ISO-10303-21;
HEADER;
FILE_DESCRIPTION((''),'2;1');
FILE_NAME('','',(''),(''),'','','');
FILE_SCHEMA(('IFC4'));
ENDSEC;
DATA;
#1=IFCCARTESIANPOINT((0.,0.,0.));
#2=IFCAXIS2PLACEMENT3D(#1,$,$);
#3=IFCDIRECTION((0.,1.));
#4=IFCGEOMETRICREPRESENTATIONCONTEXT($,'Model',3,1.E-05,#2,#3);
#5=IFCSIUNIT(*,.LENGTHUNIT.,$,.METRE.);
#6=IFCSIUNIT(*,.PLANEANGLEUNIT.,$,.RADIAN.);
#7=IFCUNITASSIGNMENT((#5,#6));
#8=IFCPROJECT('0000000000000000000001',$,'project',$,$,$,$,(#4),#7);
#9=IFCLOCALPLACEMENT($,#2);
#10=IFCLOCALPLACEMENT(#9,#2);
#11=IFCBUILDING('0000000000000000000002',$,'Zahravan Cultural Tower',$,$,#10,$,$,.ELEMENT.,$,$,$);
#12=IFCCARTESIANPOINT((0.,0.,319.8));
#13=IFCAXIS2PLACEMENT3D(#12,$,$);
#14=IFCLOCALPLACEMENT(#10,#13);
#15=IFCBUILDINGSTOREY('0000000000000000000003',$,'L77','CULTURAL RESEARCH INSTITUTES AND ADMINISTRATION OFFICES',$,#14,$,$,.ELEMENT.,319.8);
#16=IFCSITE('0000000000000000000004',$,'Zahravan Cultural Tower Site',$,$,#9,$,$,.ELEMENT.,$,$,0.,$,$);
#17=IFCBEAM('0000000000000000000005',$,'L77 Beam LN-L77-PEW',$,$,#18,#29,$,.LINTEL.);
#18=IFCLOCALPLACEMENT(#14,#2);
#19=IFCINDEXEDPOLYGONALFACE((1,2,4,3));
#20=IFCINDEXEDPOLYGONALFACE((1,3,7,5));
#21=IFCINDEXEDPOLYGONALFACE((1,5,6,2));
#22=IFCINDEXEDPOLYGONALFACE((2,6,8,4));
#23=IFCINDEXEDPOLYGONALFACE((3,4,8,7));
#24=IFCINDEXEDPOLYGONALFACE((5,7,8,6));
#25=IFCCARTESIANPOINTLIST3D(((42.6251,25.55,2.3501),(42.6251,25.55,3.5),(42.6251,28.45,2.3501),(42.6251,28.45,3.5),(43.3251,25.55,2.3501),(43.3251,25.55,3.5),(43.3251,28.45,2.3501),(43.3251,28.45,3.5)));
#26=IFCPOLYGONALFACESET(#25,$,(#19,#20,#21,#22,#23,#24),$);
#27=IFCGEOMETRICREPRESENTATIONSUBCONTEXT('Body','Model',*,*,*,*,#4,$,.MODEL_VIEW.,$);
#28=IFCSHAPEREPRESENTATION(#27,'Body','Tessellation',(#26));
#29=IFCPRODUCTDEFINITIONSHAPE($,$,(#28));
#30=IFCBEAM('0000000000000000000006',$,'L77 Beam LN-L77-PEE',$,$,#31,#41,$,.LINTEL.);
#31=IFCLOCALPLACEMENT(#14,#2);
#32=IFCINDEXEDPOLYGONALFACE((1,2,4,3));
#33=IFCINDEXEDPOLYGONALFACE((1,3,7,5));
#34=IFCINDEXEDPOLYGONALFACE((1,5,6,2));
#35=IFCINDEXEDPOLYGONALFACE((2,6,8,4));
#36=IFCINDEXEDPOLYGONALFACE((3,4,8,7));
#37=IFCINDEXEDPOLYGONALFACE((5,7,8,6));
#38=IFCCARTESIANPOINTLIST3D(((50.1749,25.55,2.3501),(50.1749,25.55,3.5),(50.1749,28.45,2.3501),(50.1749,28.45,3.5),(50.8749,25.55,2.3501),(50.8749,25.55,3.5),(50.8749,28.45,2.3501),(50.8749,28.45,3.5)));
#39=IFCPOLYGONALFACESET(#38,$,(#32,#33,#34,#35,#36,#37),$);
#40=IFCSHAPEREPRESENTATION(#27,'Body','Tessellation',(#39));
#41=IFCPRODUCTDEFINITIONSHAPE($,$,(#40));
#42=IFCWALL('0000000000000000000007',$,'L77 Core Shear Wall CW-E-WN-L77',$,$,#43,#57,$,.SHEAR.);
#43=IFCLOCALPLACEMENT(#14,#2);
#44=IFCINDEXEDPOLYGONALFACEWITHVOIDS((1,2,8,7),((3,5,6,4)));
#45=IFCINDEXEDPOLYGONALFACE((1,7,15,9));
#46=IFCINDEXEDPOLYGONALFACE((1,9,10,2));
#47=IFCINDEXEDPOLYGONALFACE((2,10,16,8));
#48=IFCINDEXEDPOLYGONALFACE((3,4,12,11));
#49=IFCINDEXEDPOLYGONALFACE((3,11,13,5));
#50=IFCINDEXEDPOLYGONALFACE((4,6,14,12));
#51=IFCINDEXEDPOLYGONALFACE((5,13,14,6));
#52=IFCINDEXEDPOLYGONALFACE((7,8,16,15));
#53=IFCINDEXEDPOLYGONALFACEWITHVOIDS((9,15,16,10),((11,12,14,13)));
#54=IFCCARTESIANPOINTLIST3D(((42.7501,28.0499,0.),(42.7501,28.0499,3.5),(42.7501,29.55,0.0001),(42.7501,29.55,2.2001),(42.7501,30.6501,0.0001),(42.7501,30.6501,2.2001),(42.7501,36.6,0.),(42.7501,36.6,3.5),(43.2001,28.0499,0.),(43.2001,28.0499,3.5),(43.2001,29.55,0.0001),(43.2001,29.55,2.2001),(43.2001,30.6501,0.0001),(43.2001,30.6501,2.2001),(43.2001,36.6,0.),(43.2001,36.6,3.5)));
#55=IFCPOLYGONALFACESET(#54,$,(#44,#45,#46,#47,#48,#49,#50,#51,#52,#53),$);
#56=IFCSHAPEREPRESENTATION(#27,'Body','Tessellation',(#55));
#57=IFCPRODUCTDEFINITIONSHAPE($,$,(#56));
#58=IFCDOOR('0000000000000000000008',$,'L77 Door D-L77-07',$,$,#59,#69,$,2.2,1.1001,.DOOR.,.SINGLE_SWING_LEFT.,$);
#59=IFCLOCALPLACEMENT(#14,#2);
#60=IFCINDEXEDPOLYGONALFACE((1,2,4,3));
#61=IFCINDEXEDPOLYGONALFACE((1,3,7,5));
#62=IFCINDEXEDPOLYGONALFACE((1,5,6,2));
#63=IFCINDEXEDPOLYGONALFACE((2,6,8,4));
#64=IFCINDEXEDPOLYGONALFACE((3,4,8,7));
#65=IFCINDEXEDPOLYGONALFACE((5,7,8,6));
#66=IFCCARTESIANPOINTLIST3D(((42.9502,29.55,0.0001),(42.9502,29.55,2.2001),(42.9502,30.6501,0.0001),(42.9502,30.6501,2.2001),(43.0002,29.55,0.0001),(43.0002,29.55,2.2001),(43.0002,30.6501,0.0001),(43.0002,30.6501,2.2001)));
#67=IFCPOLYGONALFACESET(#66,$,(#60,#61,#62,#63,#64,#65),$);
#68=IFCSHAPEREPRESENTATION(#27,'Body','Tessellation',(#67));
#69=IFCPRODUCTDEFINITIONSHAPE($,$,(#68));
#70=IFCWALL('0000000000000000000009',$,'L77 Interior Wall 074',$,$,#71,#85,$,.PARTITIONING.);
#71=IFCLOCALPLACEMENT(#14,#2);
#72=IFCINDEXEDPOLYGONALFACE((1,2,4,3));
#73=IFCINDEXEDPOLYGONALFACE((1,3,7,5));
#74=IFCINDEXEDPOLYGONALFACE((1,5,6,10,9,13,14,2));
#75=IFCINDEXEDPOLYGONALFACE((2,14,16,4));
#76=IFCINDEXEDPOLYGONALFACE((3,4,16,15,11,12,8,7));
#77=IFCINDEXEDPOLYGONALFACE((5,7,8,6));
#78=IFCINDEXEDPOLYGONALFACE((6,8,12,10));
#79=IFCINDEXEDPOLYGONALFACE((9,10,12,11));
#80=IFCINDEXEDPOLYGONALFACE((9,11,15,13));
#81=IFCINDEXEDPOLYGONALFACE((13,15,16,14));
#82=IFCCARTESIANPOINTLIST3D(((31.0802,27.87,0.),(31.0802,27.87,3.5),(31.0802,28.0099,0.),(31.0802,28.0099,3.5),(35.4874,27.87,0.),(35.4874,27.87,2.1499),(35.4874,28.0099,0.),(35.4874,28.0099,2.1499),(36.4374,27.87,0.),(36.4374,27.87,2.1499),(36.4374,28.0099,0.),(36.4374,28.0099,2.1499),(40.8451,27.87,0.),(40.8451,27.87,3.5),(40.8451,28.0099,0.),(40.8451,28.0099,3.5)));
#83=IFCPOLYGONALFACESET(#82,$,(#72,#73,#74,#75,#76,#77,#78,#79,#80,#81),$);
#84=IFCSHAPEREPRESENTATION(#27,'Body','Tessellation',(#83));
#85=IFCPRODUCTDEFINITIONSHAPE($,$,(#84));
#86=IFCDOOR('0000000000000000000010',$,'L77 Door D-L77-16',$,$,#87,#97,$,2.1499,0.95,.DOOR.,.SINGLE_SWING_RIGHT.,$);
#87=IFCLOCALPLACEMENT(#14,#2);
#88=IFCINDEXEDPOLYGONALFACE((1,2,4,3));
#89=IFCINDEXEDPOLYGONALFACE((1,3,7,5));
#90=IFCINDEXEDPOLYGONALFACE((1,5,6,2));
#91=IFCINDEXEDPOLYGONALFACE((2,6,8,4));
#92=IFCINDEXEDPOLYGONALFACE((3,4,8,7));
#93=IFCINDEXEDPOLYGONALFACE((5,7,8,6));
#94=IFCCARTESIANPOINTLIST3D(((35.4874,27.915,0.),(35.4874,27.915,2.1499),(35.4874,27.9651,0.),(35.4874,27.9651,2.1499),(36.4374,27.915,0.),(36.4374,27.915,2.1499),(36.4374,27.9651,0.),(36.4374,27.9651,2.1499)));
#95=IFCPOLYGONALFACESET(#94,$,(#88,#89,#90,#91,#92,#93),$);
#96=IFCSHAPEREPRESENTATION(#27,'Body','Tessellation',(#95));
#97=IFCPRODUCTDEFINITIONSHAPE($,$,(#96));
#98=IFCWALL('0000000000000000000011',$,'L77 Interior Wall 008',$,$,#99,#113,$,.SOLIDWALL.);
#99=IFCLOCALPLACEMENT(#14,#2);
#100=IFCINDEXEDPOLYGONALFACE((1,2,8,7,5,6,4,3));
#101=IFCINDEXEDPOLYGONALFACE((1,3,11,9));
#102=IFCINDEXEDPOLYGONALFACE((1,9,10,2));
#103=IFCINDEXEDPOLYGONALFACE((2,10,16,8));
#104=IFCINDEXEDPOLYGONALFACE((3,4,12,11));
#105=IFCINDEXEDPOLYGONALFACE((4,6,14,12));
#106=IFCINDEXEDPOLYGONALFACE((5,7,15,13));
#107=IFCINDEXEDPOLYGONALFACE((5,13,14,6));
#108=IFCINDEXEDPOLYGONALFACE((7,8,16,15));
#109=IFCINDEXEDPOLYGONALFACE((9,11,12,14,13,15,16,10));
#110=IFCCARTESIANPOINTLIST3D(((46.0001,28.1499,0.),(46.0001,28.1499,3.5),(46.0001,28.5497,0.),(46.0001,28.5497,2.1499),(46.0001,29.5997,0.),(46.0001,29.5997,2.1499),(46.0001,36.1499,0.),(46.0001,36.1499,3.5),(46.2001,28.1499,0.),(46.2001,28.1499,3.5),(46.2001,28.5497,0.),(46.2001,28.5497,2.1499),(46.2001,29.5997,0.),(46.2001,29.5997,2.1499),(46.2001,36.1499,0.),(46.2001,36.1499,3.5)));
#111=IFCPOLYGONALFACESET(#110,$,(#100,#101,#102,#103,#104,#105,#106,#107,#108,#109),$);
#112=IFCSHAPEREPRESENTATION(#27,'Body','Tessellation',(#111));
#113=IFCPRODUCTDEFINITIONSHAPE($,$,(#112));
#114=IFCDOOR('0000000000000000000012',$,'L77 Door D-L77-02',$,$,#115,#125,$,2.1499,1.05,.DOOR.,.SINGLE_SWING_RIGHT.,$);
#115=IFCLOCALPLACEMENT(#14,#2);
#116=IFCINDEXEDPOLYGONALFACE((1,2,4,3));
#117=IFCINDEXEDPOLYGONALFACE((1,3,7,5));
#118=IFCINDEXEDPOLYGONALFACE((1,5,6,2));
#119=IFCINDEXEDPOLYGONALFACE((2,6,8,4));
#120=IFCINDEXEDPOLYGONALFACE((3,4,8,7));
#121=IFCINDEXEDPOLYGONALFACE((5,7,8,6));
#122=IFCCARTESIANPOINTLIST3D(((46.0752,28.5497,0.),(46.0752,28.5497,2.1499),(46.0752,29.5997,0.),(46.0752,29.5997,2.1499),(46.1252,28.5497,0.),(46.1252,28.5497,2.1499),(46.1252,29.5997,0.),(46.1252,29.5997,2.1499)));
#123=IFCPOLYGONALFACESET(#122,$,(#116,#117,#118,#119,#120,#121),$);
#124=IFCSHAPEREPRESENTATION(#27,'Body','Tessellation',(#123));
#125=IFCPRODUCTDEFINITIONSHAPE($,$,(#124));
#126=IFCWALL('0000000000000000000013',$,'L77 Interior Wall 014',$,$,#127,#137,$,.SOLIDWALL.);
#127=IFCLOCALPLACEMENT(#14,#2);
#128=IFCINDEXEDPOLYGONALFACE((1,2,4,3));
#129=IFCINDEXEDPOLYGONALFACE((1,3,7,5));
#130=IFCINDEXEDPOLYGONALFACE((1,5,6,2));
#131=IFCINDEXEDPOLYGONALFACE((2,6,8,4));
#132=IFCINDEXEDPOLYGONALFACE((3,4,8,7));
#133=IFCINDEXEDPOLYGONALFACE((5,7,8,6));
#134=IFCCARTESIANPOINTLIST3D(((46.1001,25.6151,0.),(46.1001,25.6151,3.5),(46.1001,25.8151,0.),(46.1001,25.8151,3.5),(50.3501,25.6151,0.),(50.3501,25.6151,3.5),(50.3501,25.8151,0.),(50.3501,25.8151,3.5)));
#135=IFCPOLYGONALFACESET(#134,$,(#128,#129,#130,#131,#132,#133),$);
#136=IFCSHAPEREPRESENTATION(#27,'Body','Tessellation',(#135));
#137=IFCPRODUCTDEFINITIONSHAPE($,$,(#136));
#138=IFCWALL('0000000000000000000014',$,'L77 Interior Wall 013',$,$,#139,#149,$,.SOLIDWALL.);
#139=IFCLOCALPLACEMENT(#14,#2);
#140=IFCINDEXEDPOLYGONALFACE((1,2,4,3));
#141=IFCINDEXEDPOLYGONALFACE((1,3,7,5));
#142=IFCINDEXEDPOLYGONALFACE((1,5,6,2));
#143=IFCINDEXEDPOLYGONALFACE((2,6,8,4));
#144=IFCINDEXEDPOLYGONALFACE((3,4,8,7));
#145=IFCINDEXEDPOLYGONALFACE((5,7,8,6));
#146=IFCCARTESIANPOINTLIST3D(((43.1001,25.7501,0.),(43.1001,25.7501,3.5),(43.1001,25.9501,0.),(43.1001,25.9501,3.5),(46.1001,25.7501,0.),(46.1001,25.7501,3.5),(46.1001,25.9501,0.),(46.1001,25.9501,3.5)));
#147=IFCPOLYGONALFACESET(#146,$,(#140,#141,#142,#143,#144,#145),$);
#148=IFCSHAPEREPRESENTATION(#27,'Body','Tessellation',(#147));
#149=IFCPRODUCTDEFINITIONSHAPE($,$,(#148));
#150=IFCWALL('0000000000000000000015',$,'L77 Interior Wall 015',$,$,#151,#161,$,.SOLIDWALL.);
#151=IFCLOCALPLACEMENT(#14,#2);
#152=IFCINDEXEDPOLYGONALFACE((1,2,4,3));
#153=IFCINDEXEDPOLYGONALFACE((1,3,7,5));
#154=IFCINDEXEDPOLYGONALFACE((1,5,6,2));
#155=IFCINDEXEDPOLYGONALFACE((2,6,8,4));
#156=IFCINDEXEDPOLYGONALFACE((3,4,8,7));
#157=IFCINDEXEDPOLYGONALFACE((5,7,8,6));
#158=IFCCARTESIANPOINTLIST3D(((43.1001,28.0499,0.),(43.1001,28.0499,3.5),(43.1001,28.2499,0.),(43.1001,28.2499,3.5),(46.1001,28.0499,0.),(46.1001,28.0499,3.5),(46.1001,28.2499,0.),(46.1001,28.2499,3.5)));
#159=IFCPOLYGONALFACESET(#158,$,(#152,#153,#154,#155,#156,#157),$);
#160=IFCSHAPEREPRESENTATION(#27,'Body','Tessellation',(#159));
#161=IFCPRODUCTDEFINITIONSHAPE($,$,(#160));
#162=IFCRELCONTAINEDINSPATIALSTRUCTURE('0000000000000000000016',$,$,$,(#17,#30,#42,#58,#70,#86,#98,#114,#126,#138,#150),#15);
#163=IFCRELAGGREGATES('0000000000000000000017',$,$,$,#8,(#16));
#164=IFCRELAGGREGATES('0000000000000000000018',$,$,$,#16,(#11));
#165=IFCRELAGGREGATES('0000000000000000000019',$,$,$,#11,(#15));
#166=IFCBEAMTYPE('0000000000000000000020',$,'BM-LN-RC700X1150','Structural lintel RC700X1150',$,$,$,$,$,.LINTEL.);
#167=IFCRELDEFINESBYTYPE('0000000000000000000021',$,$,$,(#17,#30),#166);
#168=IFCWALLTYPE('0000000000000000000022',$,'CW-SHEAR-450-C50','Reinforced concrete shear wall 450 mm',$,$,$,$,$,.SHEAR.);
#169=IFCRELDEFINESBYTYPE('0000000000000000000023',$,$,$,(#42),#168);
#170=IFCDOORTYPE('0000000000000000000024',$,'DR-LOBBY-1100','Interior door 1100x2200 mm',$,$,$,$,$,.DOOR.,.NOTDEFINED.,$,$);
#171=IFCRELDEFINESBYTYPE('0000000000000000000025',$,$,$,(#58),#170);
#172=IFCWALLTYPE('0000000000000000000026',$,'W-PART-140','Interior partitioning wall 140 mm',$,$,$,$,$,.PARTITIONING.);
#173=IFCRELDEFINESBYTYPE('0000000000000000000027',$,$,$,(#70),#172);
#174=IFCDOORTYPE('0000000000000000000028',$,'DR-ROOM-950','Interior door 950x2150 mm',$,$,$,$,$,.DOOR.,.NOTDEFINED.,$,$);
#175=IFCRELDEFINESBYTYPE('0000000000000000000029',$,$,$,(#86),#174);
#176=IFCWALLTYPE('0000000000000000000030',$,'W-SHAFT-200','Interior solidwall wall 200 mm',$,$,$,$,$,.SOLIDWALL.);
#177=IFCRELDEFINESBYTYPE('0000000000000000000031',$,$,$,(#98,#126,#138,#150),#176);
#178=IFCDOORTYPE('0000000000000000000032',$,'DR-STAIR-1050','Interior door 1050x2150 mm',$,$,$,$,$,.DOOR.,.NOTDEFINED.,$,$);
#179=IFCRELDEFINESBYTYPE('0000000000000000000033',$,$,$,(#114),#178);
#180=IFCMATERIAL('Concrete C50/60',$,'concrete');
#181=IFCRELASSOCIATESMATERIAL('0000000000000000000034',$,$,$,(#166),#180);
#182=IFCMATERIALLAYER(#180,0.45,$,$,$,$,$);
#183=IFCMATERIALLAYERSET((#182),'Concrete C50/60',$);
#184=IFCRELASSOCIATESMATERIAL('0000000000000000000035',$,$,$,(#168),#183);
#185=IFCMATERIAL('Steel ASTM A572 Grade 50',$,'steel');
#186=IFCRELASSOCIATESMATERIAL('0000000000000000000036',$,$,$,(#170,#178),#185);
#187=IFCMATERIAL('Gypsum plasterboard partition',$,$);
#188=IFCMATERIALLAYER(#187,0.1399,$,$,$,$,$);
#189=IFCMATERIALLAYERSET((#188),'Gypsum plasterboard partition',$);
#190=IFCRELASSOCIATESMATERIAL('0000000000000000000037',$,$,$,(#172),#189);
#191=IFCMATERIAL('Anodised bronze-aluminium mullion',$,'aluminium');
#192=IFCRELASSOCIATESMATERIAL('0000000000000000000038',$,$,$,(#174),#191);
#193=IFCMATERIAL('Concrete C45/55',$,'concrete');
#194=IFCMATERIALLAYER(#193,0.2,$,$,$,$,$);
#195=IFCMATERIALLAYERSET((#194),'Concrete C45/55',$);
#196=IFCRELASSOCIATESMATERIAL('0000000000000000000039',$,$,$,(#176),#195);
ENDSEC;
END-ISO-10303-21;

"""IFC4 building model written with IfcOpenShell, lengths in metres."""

from ifc_helpers import new_model, si_unit, direction, frame, frame_2d, origin, origin_2d, place, context, subcontext, project, spatial, rectangle, extrude, source, transform, mapped, material, layer, layer_set, material_profile, profile_set, type_object, element, fill, save


model = new_model("IFC4")

# Units and contexts
model_context = context("Model", 3, precision=1e-05, world=origin(), true_north=direction((0.0, 1.0)))
body_context = subcontext(model_context, "Body", "Model", "MODEL_VIEW")
ifc_project = project(units=[si_unit("LENGTHUNIT", "METRE"), si_unit("PLANEANGLEUNIT", "RADIAN")], contexts=[model_context])

# Site, building, storey
site_placement = place(None, origin())
site = spatial("IfcSite", under=ifc_project, at=site_placement, Name="Zahravan Cultural Tower Site", CompositionType="ELEMENT", RefElevation=0.0)
building_placement = place(site_placement, origin())
building = spatial("IfcBuilding", under=site, at=building_placement, Name="Zahravan Cultural Tower", CompositionType="ELEMENT")
storey_placement = place(building_placement, frame((0.0, 0.0, 319.8)))
storey = spatial("IfcBuildingStorey", under=building, at=storey_placement, Name="L77", Description="CULTURAL RESEARCH INSTITUTES AND ADMINISTRATION OFFICES", CompositionType="ELEMENT", Elevation=319.8)

# Beams
ifc_material_1 = material(Name="Concrete C50/60", Category="concrete")
ifc_material_profile = material_profile(ifc_material_1, rectangle(XDim=0.7, YDim=1.1499, at=origin_2d()), Name="RC700X1150")
ifc_profile_set = profile_set([ifc_material_profile], Name="Concrete C50/60")
beam_type = type_object("IfcBeamType", Name="BM-LN-RC700X1150", Description="Structural lintel RC700X1150", PredefinedType="LINTEL", material=ifc_profile_set)
shared_shape_1 = source(origin(), body_context, "Body", "SweptSolid", [
    extrude(rectangle(XDim=0.7, YDim=1.1499, at=origin_2d()), origin(), (0.0, 0.0, 1.0), 2.8999),
])
for number, where, z_axis, x_axis, name in (
    (1, (42.9751, 25.55, 2.925), (0.0, 1.0, 0.0), (-1.0, 0.0, 0.0), "L77 Beam LN-L77-PEW"),
    (2, (50.5249, 25.55, 2.925), (0.0, 1.0, 0.0), (-1.0, 0.0, 0.0), "L77 Beam LN-L77-PEE"),
):
    element("IfcBeam", number, at=place(storey_placement, frame(where, z_axis=z_axis, x_axis=x_axis)), inside=storey, type_object=beam_type, Name=name, PredefinedType="LINTEL", context=body_context, shape_type="MappedRepresentation", body=[
        mapped(shared_shape_1, transform((0.0, 0.0, 0.0), x_axis=(1.0, 0.0, 0.0), y_axis=(0.0, 1.0, 0.0), z_axis=(0.0, 0.0, 1.0), scale=1.0)),
    ])

# Walls, openings, doors
ifc_layer_1 = layer(ifc_material_1, 0.45)
ifc_layer_set_1 = layer_set([ifc_layer_1], Name="Concrete C50/60")
wall_type_1 = type_object("IfcWallType", Name="CW-SHEAR-450-C50", Description="Reinforced concrete shear wall 450 mm", PredefinedType="SHEAR", material=ifc_layer_set_1)
wall_1_placement = place(storey_placement, frame((42.9751, 28.05, 0.0), z_axis=(0.0, 0.0, 1.0), x_axis=(0.0, 1.0, 0.0)))
wall_1 = element("IfcWall", 3, at=wall_1_placement, inside=storey, type_object=wall_type_1, Name="L77 Core Shear Wall CW-E-WN-L77", PredefinedType="SHEAR", context=body_context, shape_type="SweptSolid", body=[
    extrude(rectangle(XDim=8.55, YDim=0.45, at=frame_2d((4.2749, 0.0))), origin(), (0.0, 0.0, 1.0), 3.5),
])
opening_1_placement = place(wall_1_placement, frame((1.5, 0.0, 0.0)))
opening_1 = element("IfcOpeningElement", 4, at=opening_1_placement, cuts=wall_1, PredefinedType="OPENING", context=body_context, shape_type="SweptSolid", body=[
    extrude(rectangle(XDim=1.1001, YDim=2.2, at=frame_2d((0.55, 1.1001))), frame((0.0, 0.2349, 0.0), z_axis=(0.0, -1.0, 0.0), x_axis=(1.0, 0.0, 0.0)), (0.0, 0.0, 1.0), 0.47),
])
ifc_material_2 = material(Name="Steel ASTM A572 Grade 50", Category="steel")
door_type_1 = type_object("IfcDoorType", Name="DR-LOBBY-1100", Description="Interior door 1100x2200 mm", OperationType="NOTDEFINED", PredefinedType="DOOR", material=ifc_material_2)
shared_shape_2 = source(origin(), body_context, "Body", "SweptSolid", [
    extrude(rectangle(XDim=1.1001, YDim=2.2, at=frame_2d((0.55, 1.1001))), frame((0.0, 0.0249, 0.0), z_axis=(0.0, -1.0, 0.0), x_axis=(1.0, 0.0, 0.0)), (0.0, 0.0, 1.0), 0.05),
])
door_1_placement = place(opening_1_placement, origin())
door_1 = element("IfcDoor", 5, at=door_1_placement, inside=storey, type_object=door_type_1, Name="L77 Door D-L77-07", OperationType="SINGLE_SWING_LEFT", OverallHeight=2.2, OverallWidth=1.1001, PredefinedType="DOOR", context=body_context, shape_type="MappedRepresentation", body=[
    mapped(shared_shape_2, transform((0.0, 0.0, 0.0), x_axis=(1.0, 0.0, 0.0), y_axis=(0.0, 1.0, 0.0), z_axis=(0.0, 0.0, 1.0), scale=1.0)),
])
fill(opening_1, door_1)
ifc_material_3 = material(Name="Gypsum plasterboard partition")
ifc_layer_2 = layer(ifc_material_3, 0.1399)
ifc_layer_set_2 = layer_set([ifc_layer_2], Name="Gypsum plasterboard partition")
wall_type_2 = type_object("IfcWallType", Name="W-PART-140", Description="Interior partitioning wall 140 mm", PredefinedType="PARTITIONING", material=ifc_layer_set_2)
wall_2_placement = place(storey_placement, frame((40.845, 27.9399, 0.0), z_axis=(0.0, 0.0, 1.0), x_axis=(-1.0, 0.0, 0.0)))
wall_2 = element("IfcWall", 6, at=wall_2_placement, inside=storey, type_object=wall_type_2, Name="L77 Interior Wall 074", PredefinedType="PARTITIONING", context=body_context, shape_type="SweptSolid", body=[
    extrude(rectangle(XDim=9.7649, YDim=0.1399, at=frame_2d((4.8823, 0.0))), origin(), (0.0, 0.0, 1.0), 3.5),
])
opening_2_placement = place(wall_2_placement, frame((4.4075, 0.0, 0.0)))
opening_2 = element("IfcOpeningElement", 7, at=opening_2_placement, cuts=wall_2, PredefinedType="OPENING", context=body_context, shape_type="SweptSolid", body=[
    extrude(rectangle(XDim=0.95, YDim=2.1499, at=frame_2d((0.4751, 1.075))), frame((0.0, 0.0798, 0.0), z_axis=(0.0, -1.0, 0.0), x_axis=(1.0, 0.0, 0.0)), (0.0, 0.0, 1.0), 0.1599),
])
ifc_material_4 = material(Name="Anodised bronze-aluminium mullion", Category="aluminium")
door_type_2 = type_object("IfcDoorType", Name="DR-ROOM-950", Description="Interior door 950x2150 mm", OperationType="NOTDEFINED", PredefinedType="DOOR", material=ifc_material_4)
shared_shape_3 = source(origin(), body_context, "Body", "SweptSolid", [
    extrude(rectangle(XDim=0.95, YDim=2.1499, at=frame_2d((0.4751, 1.075))), frame((0.0, 0.0249, 0.0), z_axis=(0.0, -1.0, 0.0), x_axis=(1.0, 0.0, 0.0)), (0.0, 0.0, 1.0), 0.05),
])
door_2_placement = place(opening_2_placement, origin())
door_2 = element("IfcDoor", 8, at=door_2_placement, inside=storey, type_object=door_type_2, Name="L77 Door D-L77-16", OperationType="SINGLE_SWING_RIGHT", OverallHeight=2.1499, OverallWidth=0.95, PredefinedType="DOOR", context=body_context, shape_type="MappedRepresentation", body=[
    mapped(shared_shape_3, transform((0.0, 0.0, 0.0), x_axis=(1.0, 0.0, 0.0), y_axis=(0.0, 1.0, 0.0), z_axis=(0.0, 0.0, 1.0), scale=1.0)),
])
fill(opening_2, door_2)
ifc_material_5 = material(Name="Concrete C45/55", Category="concrete")
ifc_layer_3 = layer(ifc_material_5, 0.2)
ifc_layer_set_3 = layer_set([ifc_layer_3], Name="Concrete C45/55")
wall_type_3 = type_object("IfcWallType", Name="W-SHAFT-200", Description="Interior solidwall wall 200 mm", PredefinedType="SOLIDWALL", material=ifc_layer_set_3)
wall_3_placement = place(storey_placement, frame((46.1001, 28.1499, 0.0), z_axis=(0.0, 0.0, 1.0), x_axis=(0.0, 1.0, 0.0)))
wall_3 = element("IfcWall", 9, at=wall_3_placement, inside=storey, type_object=wall_type_3, Name="L77 Interior Wall 008", PredefinedType="SOLIDWALL", context=body_context, shape_type="SweptSolid", body=[
    extrude(rectangle(XDim=8.0, YDim=0.2, at=frame_2d((4.0, 0.0))), origin(), (0.0, 0.0, 1.0), 3.5),
])
opening_3_placement = place(wall_3_placement, frame((0.3999, 0.0, 0.0)))
opening_3 = element("IfcOpeningElement", 10, at=opening_3_placement, cuts=wall_3, PredefinedType="OPENING", context=body_context, shape_type="SweptSolid", body=[
    extrude(rectangle(XDim=1.05, YDim=2.1499, at=frame_2d((0.5249, 1.075))), frame((0.0, 0.1099, 0.0), z_axis=(0.0, -1.0, 0.0), x_axis=(1.0, 0.0, 0.0)), (0.0, 0.0, 1.0), 0.22),
])
door_type_3 = type_object("IfcDoorType", Name="DR-STAIR-1050", Description="Interior door 1050x2150 mm", OperationType="NOTDEFINED", PredefinedType="DOOR", material=ifc_material_2)
shared_shape_4 = source(origin(), body_context, "Body", "SweptSolid", [
    extrude(rectangle(XDim=1.05, YDim=2.1499, at=frame_2d((0.5249, 1.075))), frame((0.0, 0.0249, 0.0), z_axis=(0.0, -1.0, 0.0), x_axis=(1.0, 0.0, 0.0)), (0.0, 0.0, 1.0), 0.05),
])
door_3_placement = place(opening_3_placement, origin())
door_3 = element("IfcDoor", 11, at=door_3_placement, inside=storey, type_object=door_type_3, Name="L77 Door D-L77-02", OperationType="SINGLE_SWING_RIGHT", OverallHeight=2.1499, OverallWidth=1.05, PredefinedType="DOOR", context=body_context, shape_type="MappedRepresentation", body=[
    mapped(shared_shape_4, transform((0.0, 0.0, 0.0), x_axis=(1.0, 0.0, 0.0), y_axis=(0.0, 1.0, 0.0), z_axis=(0.0, 0.0, 1.0), scale=1.0)),
])
fill(opening_3, door_3)

# Walls
shared_shape_5 = source(origin(), body_context, "Body", "SweptSolid", [
    extrude(rectangle(XDim=4.25, YDim=0.2, at=frame_2d((2.125, 0.0))), origin(), (0.0, 0.0, 1.0), 3.5),
])
wall_4_placement = place(storey_placement, frame((46.1001, 25.7151, 0.0), z_axis=(0.0, 0.0, 1.0), x_axis=(1.0, 0.0, 0.0)))
element("IfcWall", 12, at=wall_4_placement, inside=storey, type_object=wall_type_3, Name="L77 Interior Wall 014", PredefinedType="SOLIDWALL", context=body_context, shape_type="MappedRepresentation", body=[
    mapped(shared_shape_5, transform((0.0, 0.0, 0.0), x_axis=(1.0, 0.0, 0.0), y_axis=(0.0, 1.0, 0.0), z_axis=(0.0, 0.0, 1.0), scale=1.0)),
])
shared_shape_6 = source(origin(), body_context, "Body", "SweptSolid", [
    extrude(rectangle(XDim=3.0, YDim=0.2, at=frame_2d((1.5, 0.0))), origin(), (0.0, 0.0, 1.0), 3.5),
])
for number, where, z_axis, x_axis, name in (
    (13, (43.1001, 25.8501, 0.0), (0.0, 0.0, 1.0), (1.0, 0.0, 0.0), "L77 Interior Wall 013"),
    (14, (43.1001, 28.1499, 0.0), (0.0, 0.0, 1.0), (1.0, 0.0, 0.0), "L77 Interior Wall 015"),
):
    element("IfcWall", number, at=place(storey_placement, frame(where, z_axis=z_axis, x_axis=x_axis)), inside=storey, type_object=wall_type_3, Name=name, PredefinedType="SOLIDWALL", context=body_context, shape_type="MappedRepresentation", body=[
        mapped(shared_shape_6, transform((0.0, 0.0, 0.0), x_axis=(1.0, 0.0, 0.0), y_axis=(0.0, 1.0, 0.0), z_axis=(0.0, 0.0, 1.0), scale=1.0)),
    ])

save(model, "model.ifc")
